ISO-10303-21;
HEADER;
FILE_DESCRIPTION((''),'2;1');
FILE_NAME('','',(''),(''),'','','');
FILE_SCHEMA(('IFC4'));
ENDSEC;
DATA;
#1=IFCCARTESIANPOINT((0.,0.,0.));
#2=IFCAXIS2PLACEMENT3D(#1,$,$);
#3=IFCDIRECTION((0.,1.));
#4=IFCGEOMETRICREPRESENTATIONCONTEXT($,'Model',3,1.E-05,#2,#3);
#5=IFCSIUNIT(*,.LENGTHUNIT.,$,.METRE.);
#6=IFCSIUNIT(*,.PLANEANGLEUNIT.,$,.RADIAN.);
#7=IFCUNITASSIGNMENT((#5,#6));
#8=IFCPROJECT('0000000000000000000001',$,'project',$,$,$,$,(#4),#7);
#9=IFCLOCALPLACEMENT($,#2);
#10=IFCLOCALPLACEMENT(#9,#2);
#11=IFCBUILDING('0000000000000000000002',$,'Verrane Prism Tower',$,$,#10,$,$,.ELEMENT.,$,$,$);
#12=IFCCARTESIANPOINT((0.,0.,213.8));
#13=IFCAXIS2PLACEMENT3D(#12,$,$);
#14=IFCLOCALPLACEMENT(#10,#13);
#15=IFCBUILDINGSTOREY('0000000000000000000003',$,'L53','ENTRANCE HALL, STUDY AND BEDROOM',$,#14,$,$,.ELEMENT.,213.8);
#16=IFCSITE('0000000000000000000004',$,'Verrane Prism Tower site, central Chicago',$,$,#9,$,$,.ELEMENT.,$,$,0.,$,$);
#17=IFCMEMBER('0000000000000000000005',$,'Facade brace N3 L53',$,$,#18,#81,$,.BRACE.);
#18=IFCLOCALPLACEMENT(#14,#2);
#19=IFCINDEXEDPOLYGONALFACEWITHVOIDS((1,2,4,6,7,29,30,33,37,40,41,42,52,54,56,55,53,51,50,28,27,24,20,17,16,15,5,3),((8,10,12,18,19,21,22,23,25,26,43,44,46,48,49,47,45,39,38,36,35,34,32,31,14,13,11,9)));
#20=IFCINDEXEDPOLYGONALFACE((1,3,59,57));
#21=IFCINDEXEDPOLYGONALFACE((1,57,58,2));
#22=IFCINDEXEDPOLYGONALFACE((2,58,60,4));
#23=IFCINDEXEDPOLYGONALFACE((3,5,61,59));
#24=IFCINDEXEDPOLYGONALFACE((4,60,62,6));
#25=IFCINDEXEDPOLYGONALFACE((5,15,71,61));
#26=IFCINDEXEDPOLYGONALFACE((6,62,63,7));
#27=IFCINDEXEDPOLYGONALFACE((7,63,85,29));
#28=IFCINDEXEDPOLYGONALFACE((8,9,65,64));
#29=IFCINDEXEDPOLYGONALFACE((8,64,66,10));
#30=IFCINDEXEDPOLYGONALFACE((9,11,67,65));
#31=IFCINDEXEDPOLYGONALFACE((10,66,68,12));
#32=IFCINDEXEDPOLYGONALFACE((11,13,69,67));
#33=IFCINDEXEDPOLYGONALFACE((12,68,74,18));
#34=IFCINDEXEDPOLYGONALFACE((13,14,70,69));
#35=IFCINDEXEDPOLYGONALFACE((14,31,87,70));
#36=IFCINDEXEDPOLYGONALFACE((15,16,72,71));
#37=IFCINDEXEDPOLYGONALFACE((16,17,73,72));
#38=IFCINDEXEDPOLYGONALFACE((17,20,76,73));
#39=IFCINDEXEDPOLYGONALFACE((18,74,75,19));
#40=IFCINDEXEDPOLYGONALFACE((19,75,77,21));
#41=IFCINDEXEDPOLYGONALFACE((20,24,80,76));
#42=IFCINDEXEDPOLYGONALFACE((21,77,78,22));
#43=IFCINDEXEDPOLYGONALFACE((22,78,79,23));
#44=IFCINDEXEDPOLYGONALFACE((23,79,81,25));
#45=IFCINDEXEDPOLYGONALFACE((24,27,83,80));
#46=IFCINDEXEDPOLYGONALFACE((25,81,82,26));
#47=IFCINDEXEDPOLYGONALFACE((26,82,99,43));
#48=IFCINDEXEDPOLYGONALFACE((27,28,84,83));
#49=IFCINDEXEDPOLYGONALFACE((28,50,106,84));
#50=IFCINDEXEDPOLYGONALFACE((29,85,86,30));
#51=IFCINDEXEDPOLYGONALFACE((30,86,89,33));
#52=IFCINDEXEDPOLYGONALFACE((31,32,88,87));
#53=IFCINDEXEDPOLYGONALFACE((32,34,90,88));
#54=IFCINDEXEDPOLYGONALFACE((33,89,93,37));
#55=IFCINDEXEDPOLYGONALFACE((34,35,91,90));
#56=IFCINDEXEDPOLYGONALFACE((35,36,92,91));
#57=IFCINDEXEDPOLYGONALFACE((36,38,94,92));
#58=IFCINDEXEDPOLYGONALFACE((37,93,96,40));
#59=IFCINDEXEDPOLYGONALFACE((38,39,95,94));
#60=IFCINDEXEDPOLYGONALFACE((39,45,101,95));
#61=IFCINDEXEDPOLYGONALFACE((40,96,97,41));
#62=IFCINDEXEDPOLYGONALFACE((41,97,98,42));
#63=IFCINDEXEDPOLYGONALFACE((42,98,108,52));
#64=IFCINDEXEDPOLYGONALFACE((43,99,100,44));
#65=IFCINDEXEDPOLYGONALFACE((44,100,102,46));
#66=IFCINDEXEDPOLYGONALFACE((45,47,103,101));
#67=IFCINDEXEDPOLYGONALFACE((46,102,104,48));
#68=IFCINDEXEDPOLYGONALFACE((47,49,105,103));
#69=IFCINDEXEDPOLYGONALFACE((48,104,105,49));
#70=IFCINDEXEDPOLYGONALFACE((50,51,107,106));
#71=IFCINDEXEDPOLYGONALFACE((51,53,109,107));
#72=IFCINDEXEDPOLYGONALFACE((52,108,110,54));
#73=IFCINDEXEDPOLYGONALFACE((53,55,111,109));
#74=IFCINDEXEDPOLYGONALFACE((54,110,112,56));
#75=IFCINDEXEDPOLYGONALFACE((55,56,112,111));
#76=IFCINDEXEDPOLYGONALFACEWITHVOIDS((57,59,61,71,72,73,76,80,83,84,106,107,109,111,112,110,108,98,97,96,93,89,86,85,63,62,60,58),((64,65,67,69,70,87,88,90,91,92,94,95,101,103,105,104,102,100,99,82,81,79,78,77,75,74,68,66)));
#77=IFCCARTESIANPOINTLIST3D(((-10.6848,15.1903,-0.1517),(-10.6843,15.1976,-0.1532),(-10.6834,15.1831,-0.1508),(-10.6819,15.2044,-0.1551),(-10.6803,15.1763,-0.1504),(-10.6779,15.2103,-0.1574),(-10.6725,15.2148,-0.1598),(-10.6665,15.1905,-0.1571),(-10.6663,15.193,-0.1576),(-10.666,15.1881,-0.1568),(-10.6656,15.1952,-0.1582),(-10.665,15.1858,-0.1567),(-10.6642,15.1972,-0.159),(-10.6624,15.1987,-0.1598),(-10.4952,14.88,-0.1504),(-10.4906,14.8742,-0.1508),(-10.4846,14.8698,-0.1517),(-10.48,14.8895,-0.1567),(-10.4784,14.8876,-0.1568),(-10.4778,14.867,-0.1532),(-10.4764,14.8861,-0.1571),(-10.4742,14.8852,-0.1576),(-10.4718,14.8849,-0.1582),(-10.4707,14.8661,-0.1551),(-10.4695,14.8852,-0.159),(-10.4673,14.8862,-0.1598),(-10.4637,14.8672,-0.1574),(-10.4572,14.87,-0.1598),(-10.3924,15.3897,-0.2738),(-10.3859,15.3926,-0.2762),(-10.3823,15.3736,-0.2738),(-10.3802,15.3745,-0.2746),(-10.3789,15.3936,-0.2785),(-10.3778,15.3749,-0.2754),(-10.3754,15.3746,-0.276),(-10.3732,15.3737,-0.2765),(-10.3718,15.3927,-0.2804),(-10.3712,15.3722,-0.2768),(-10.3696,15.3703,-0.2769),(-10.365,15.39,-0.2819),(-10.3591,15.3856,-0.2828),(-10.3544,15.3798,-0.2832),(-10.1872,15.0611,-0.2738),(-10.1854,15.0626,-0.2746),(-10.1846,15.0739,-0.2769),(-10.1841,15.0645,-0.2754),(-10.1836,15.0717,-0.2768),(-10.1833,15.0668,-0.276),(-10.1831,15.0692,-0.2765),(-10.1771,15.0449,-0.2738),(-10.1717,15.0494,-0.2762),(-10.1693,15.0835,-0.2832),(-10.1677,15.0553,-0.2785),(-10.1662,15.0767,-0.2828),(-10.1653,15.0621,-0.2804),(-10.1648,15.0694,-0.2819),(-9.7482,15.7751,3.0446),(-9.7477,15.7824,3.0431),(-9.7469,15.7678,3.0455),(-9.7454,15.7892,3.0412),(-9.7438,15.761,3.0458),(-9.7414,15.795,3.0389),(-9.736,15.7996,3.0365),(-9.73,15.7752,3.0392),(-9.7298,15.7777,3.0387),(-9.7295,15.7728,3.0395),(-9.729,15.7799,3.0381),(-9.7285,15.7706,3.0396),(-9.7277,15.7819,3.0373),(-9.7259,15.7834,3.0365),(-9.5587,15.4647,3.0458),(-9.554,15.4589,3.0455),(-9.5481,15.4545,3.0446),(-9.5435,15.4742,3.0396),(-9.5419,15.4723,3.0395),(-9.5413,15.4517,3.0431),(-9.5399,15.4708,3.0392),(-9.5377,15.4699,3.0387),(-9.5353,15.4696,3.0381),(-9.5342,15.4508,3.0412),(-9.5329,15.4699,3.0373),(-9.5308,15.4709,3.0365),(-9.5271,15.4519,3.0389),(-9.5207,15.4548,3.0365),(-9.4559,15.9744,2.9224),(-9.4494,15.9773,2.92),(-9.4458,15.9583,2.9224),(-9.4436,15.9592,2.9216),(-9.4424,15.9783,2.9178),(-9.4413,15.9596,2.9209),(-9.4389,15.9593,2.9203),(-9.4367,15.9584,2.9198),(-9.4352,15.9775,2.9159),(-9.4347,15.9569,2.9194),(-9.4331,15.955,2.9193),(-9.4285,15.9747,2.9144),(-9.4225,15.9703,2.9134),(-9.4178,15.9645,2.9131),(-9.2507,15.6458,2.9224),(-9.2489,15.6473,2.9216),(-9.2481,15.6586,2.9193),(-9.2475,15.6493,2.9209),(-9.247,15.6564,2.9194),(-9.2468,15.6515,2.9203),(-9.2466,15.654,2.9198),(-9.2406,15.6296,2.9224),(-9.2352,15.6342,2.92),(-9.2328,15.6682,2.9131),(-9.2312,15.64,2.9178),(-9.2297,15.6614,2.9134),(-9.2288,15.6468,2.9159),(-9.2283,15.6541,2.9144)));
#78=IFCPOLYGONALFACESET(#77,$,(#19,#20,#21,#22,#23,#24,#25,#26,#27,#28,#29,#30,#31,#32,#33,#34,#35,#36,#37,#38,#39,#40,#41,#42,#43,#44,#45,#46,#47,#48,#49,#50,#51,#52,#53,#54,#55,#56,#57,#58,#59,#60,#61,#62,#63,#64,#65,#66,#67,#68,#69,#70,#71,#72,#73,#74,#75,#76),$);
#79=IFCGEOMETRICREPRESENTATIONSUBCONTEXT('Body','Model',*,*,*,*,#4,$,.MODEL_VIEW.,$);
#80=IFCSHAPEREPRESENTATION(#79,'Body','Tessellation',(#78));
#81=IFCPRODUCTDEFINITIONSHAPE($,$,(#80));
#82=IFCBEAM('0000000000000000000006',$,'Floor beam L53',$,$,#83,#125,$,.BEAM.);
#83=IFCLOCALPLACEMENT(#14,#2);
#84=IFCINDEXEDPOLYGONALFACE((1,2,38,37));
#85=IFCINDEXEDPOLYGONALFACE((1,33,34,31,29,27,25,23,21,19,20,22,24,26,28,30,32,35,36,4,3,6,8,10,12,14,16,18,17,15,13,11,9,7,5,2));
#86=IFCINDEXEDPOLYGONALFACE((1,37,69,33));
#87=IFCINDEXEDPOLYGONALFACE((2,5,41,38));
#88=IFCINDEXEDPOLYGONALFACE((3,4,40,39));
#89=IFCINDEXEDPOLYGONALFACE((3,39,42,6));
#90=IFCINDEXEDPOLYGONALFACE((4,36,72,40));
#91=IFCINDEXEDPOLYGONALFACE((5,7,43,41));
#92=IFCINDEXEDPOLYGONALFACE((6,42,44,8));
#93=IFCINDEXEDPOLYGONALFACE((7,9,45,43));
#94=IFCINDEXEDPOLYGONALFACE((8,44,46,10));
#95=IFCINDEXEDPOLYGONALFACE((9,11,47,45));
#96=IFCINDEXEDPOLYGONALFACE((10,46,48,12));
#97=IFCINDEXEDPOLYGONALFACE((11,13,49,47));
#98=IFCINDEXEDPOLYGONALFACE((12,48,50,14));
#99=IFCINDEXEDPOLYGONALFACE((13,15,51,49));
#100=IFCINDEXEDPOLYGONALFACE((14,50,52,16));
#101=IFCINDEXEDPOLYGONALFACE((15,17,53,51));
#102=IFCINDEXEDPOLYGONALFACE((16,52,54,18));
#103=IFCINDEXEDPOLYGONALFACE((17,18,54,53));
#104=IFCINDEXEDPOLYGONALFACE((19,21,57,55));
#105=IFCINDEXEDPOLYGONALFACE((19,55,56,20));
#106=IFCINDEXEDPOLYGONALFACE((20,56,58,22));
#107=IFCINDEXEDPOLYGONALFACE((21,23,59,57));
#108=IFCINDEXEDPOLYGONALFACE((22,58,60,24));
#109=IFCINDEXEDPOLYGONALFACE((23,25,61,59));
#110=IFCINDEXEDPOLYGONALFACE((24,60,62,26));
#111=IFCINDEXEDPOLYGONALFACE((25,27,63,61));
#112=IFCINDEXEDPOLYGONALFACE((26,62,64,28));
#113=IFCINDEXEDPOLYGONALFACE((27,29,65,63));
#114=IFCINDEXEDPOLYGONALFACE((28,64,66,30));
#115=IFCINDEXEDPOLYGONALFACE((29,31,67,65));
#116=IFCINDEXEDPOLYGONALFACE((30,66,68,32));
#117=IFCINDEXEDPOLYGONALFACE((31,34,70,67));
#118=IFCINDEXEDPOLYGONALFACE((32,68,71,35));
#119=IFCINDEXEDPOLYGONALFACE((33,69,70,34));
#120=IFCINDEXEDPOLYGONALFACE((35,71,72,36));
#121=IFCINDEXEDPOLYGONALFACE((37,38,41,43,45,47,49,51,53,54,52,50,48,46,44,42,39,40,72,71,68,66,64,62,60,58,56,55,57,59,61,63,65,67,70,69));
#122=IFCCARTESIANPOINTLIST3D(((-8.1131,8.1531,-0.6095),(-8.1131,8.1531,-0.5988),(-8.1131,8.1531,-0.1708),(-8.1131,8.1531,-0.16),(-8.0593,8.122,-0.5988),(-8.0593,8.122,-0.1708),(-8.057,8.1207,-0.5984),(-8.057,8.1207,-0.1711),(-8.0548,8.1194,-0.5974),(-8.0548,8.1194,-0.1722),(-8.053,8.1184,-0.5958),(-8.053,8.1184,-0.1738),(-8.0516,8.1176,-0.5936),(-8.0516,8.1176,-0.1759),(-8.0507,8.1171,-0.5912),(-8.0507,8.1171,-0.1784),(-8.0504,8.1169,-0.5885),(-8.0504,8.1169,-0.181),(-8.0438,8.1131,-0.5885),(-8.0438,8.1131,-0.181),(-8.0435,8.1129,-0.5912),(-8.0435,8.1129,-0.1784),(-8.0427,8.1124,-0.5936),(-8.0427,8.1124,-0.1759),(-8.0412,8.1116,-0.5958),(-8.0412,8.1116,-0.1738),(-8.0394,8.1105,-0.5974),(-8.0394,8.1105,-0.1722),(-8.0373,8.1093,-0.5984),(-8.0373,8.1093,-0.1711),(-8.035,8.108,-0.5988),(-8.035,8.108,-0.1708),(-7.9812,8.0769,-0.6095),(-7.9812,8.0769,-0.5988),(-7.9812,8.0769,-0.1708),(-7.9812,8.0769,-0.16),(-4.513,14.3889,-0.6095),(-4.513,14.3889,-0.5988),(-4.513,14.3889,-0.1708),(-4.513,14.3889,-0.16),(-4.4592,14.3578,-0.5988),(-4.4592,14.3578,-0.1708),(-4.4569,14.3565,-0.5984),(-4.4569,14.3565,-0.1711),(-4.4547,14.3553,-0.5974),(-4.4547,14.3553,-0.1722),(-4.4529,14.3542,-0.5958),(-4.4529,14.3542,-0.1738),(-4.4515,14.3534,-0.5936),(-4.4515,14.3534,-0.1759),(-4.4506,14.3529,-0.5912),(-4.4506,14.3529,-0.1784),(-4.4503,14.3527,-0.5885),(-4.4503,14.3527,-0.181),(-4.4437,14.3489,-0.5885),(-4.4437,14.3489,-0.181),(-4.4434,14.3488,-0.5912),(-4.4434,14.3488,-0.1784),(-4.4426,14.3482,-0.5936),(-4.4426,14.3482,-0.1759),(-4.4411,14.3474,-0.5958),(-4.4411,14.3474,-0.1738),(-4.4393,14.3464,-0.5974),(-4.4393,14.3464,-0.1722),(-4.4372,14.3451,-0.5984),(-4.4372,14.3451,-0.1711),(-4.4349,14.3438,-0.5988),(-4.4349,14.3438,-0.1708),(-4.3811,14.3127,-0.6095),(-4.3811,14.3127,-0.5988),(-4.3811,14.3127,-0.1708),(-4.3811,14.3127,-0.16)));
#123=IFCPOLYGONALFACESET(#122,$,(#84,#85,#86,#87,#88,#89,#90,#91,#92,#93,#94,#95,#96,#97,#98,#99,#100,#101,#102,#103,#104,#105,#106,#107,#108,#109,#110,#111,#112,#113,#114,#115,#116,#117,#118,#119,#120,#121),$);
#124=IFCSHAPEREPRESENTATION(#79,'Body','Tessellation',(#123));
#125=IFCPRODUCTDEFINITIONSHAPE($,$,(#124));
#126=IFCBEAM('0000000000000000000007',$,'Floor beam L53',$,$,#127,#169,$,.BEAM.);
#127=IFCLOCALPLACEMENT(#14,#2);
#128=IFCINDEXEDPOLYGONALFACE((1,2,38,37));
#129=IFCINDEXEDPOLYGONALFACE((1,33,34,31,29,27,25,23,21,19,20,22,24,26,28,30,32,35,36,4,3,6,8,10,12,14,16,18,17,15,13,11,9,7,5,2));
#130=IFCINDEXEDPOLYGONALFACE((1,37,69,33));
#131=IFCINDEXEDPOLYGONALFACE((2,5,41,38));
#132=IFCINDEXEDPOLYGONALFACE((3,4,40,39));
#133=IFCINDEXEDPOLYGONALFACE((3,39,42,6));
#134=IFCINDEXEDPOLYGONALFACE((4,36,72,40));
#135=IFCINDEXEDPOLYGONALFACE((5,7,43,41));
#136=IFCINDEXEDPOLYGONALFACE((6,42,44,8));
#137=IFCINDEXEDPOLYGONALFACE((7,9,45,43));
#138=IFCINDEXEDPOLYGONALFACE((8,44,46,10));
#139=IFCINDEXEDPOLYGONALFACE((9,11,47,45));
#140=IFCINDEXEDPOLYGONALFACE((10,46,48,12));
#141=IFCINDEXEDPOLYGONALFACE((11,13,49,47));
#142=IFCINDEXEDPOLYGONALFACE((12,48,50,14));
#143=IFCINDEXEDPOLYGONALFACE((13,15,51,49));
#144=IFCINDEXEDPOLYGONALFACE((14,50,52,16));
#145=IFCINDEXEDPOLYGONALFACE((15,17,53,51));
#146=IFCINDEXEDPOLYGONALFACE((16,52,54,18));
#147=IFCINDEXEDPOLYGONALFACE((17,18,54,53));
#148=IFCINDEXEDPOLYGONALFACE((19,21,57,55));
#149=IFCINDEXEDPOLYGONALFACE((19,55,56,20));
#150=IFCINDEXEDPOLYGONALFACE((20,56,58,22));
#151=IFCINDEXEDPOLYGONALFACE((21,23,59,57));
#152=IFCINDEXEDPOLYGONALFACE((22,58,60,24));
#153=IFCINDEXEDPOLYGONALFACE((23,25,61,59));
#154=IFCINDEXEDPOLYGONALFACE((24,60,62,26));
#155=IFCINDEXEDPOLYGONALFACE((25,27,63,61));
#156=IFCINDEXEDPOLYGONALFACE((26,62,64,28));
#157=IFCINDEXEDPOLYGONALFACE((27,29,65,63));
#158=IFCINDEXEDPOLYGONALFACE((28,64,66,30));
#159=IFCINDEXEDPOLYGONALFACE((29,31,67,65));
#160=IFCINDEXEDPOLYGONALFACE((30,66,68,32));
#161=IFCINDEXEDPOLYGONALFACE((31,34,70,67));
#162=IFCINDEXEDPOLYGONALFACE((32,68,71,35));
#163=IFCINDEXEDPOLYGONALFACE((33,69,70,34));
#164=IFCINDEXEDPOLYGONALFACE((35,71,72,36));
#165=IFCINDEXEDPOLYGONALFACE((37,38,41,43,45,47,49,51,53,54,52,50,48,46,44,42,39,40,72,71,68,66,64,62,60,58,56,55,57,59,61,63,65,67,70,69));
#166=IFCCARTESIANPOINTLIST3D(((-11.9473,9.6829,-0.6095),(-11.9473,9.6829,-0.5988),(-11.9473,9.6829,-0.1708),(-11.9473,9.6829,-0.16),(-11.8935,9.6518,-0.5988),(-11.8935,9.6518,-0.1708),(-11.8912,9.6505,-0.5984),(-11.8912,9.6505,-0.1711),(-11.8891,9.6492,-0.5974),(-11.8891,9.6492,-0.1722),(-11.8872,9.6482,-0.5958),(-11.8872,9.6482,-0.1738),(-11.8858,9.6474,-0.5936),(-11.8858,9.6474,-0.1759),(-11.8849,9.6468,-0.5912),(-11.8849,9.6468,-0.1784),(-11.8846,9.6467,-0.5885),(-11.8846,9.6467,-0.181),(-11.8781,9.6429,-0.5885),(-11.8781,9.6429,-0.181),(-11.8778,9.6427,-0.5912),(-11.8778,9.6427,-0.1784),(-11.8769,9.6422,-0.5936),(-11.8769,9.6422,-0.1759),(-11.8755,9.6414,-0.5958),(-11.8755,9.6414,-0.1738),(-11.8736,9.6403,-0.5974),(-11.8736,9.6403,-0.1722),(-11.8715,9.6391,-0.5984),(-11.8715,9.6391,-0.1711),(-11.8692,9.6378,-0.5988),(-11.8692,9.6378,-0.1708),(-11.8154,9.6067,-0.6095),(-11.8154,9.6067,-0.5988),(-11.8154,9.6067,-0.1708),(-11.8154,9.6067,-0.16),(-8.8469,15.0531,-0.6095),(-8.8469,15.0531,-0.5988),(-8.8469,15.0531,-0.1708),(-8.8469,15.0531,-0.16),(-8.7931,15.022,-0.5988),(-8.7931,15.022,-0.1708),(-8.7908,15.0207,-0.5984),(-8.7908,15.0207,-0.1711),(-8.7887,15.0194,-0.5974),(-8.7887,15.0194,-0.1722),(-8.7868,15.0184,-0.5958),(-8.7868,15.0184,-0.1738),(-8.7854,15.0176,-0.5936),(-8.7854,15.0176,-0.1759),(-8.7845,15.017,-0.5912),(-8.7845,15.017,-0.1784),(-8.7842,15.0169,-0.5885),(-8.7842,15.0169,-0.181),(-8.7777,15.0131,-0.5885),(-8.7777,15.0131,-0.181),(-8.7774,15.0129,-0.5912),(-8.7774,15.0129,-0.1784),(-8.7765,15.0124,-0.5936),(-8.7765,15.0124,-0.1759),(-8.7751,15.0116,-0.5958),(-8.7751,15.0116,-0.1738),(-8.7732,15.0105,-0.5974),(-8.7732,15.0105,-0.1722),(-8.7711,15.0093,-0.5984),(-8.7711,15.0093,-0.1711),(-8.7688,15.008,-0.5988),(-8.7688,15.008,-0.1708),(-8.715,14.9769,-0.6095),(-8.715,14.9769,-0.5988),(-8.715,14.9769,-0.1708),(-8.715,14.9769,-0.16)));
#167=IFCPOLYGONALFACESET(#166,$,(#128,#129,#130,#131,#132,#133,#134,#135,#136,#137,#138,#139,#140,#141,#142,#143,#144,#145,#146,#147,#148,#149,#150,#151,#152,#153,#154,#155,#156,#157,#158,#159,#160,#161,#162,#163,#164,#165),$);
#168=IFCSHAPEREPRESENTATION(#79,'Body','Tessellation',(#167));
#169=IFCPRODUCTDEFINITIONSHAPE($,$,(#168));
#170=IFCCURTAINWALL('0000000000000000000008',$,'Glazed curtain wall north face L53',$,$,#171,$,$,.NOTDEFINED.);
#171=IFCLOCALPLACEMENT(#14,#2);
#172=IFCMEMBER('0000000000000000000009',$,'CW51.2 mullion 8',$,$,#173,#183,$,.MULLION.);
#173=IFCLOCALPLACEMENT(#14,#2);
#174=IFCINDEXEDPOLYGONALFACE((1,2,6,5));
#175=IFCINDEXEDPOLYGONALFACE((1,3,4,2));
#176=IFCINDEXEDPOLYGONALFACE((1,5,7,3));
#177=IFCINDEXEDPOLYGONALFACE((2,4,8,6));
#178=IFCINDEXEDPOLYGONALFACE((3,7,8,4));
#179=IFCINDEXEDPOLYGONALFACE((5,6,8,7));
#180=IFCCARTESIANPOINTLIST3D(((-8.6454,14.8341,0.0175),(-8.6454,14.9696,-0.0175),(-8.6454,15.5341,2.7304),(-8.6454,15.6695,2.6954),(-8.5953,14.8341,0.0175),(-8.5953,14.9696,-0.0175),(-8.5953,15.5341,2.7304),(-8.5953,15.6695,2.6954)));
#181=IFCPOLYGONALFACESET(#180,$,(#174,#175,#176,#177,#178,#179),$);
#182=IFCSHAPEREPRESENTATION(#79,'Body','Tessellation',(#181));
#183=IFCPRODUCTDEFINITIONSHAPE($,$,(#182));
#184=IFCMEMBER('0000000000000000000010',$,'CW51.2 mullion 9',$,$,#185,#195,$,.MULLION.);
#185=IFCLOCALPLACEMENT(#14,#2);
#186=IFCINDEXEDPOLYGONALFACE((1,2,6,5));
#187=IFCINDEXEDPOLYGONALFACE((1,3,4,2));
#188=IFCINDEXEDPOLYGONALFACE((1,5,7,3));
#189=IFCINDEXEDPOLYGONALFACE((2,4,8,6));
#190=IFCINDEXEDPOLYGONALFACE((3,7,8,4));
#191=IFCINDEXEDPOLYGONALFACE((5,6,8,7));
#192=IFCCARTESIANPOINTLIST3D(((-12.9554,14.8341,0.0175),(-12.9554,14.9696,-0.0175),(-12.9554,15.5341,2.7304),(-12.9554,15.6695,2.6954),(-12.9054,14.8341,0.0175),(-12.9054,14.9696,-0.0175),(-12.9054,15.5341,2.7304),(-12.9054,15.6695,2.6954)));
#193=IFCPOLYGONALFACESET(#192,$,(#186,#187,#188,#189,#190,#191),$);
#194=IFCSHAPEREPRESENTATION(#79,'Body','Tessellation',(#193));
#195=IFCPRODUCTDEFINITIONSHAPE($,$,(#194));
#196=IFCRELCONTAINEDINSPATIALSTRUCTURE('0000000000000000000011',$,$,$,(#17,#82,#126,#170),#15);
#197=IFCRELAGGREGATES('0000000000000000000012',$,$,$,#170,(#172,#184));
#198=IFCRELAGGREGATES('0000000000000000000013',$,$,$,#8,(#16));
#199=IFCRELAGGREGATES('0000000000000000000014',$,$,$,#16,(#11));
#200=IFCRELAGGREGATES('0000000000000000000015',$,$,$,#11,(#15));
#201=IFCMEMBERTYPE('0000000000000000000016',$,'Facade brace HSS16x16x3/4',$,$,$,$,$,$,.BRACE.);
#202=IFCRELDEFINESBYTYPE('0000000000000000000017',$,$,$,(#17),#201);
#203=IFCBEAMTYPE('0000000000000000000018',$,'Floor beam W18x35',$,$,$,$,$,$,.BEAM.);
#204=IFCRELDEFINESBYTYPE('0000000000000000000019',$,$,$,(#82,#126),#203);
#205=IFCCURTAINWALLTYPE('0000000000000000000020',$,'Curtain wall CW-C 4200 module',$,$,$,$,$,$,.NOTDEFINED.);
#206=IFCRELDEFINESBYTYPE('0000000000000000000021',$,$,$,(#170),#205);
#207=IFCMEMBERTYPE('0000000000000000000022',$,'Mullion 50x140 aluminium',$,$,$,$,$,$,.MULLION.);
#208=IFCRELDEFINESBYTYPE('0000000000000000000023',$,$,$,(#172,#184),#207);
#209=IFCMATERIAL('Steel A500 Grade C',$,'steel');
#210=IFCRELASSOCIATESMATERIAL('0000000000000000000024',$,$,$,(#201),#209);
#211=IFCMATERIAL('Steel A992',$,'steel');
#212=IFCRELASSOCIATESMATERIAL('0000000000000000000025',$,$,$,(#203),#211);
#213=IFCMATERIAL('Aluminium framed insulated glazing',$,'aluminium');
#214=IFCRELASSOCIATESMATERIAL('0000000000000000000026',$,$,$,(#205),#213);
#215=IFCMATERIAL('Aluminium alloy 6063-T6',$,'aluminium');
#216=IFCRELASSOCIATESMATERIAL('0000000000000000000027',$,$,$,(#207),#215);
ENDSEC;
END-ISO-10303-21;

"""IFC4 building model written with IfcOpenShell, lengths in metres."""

from ifc_helpers import new_model, si_unit, direction, frame, origin, origin_2d, place, context, subcontext, project, spatial, rectangle, hollow_rectangle, i_section, extrude, material, material_profile, profile_set, type_object, element, aggregate, save


model = new_model("IFC4")

# Units and contexts
model_context = context("Model", 3, precision=1e-05, world=origin(), true_north=direction((0.0, 1.0)))
body_context = subcontext(model_context, "Body", "Model", "MODEL_VIEW")
ifc_project = project(units=[si_unit("LENGTHUNIT", "METRE"), si_unit("PLANEANGLEUNIT", "RADIAN")], contexts=[model_context])

# Site, building, storey
site_placement = place(None, origin())
site = spatial("IfcSite", under=ifc_project, at=site_placement, Name="Verrane Prism Tower site, central Chicago", CompositionType="ELEMENT", RefElevation=0.0)
building_placement = place(site_placement, origin())
building = spatial("IfcBuilding", under=site, at=building_placement, Name="Verrane Prism Tower", CompositionType="ELEMENT")
storey_placement = place(building_placement, frame((0.0, 0.0, 213.8)))
storey = spatial("IfcBuildingStorey", under=building, at=storey_placement, Name="L53", Description="ENTRANCE HALL, STUDY AND BEDROOM", CompositionType="ELEMENT", Elevation=213.8)

# Member
ifc_material_1 = material(Name="Steel A500 Grade C", Category="steel")
ifc_material_profile_1 = material_profile(ifc_material_1, hollow_rectangle(XDim=0.4065, YDim=0.4065, WallThickness=0.019, InnerFilletRadius=0.0095, OuterFilletRadius=0.0286, at=origin_2d()), Name="HSS16x16x3/4")
ifc_profile_set_1 = profile_set([ifc_material_profile_1], Name="Steel A500 Grade C")
member_type_1 = type_object("IfcMemberType", Name="Facade brace HSS16x16x3/4", PredefinedType="BRACE", material=ifc_profile_set_1)
member_1_placement = place(storey_placement, frame((-10.4248, 15.1299, -0.2168), z_axis=(0.276947, 0.172911, 0.9452), x_axis=(-0.529601, 0.848247, 0.0)))
element("IfcMember", 1, at=member_1_placement, inside=storey, type_object=member_type_1, Name="Facade brace N3 L53", PredefinedType="BRACE", context=body_context, shape_type="SweptSolid", body=[
    extrude(hollow_rectangle(XDim=0.4065, YDim=0.4065, WallThickness=0.019, InnerFilletRadius=0.0095, OuterFilletRadius=0.0286, at=origin_2d()), origin(), (0.0, 0.0, 1.0), 3.3816),
])

# Beams
ifc_material_2 = material(Name="Steel A992", Category="steel")
ifc_material_profile_2 = material_profile(ifc_material_2, i_section(OverallWidth=0.1523, OverallDepth=0.4495, WebThickness=0.0076, FlangeThickness=0.0107, FilletRadius=0.0103, at=origin_2d()), Name="W18x35")
ifc_profile_set_2 = profile_set([ifc_material_profile_2], Name="Steel A992")
beam_type_1 = type_object("IfcBeamType", Name="Floor beam W18x35", PredefinedType="BEAM", material=ifc_profile_set_2)
beam_1_placement = place(storey_placement, frame((-8.0471, 8.115, -0.3848), z_axis=(0.499983, 0.866035, 0.0), x_axis=(-0.866035, 0.499983, 0.0)))
element("IfcBeam", 2, at=beam_1_placement, inside=storey, type_object=beam_type_1, Name="Floor beam L53", PredefinedType="BEAM", context=body_context, shape_type="SweptSolid", body=[
    extrude(i_section(OverallWidth=0.1523, OverallDepth=0.4495, WebThickness=0.0076, FlangeThickness=0.0107, FilletRadius=0.0103, at=origin_2d()), origin(), (0.0, 0.0, 1.0), 7.2004),
])
beam_2_placement = place(storey_placement, frame((-11.8813, 9.6448, -0.3848), z_axis=(0.499988, 0.866032, 0.0), x_axis=(-0.866032, 0.499988, 0.0)))
element("IfcBeam", 3, at=beam_2_placement, inside=storey, type_object=beam_type_1, Name="Floor beam L53", PredefinedType="BEAM", context=body_context, shape_type="SweptSolid", body=[
    extrude(i_section(OverallWidth=0.1523, OverallDepth=0.4495, WebThickness=0.0076, FlangeThickness=0.0107, FilletRadius=0.0103, at=origin_2d()), origin(), (0.0, 0.0, 1.0), 6.2009),
])

# Curtain wall, members
ifc_material_3 = material(Name="Aluminium framed insulated glazing", Category="aluminium")
curtain_wall_type = type_object("IfcCurtainWallType", Name="Curtain wall CW-C 4200 module", PredefinedType="NOTDEFINED", material=ifc_material_3)
curtain_wall_placement = place(storey_placement, origin())
curtain_wall = element("IfcCurtainWall", 4, at=curtain_wall_placement, inside=storey, type_object=curtain_wall_type, Name="Glazed curtain wall north face L53", PredefinedType="NOTDEFINED")
ifc_material_4 = material(Name="Aluminium alloy 6063-T6", Category="aluminium")
ifc_material_profile_3 = material_profile(ifc_material_4, rectangle(XDim=0.1399, YDim=0.05, at=origin_2d()), Name="Mullion 50x140 aluminium")
ifc_profile_set_3 = profile_set([ifc_material_profile_3], Name="Aluminium alloy 6063-T6")
member_type_2 = type_object("IfcMemberType", Name="Mullion 50x140 aluminium", PredefinedType="MULLION", material=ifc_profile_set_3)
member_2_placement = place(storey_placement, frame((-8.6204, 14.9019, 0.0), z_axis=(0.0, 0.249828, 0.96829), x_axis=(0.0, 0.96829, -0.249828)))
member_2 = element("IfcMember", 5, at=member_2_placement, type_object=member_type_2, Name="CW51.2 mullion 8", PredefinedType="MULLION", context=body_context, shape_type="SweptSolid", body=[
    extrude(rectangle(XDim=0.1399, YDim=0.05, at=origin_2d()), origin(), (0.0, 0.0, 1.0), 2.8018),
])
member_3_placement = place(storey_placement, frame((-12.9304, 14.9019, 0.0), z_axis=(0.0, 0.249828, 0.96829), x_axis=(0.0, 0.96829, -0.249828)))
member_3 = element("IfcMember", 6, at=member_3_placement, type_object=member_type_2, Name="CW51.2 mullion 9", PredefinedType="MULLION", context=body_context, shape_type="SweptSolid", body=[
    extrude(rectangle(XDim=0.1399, YDim=0.05, at=origin_2d()), origin(), (0.0, 0.0, 1.0), 2.8018),
])
aggregate(curtain_wall, [member_2, member_3])

save(model, "model.ifc")
